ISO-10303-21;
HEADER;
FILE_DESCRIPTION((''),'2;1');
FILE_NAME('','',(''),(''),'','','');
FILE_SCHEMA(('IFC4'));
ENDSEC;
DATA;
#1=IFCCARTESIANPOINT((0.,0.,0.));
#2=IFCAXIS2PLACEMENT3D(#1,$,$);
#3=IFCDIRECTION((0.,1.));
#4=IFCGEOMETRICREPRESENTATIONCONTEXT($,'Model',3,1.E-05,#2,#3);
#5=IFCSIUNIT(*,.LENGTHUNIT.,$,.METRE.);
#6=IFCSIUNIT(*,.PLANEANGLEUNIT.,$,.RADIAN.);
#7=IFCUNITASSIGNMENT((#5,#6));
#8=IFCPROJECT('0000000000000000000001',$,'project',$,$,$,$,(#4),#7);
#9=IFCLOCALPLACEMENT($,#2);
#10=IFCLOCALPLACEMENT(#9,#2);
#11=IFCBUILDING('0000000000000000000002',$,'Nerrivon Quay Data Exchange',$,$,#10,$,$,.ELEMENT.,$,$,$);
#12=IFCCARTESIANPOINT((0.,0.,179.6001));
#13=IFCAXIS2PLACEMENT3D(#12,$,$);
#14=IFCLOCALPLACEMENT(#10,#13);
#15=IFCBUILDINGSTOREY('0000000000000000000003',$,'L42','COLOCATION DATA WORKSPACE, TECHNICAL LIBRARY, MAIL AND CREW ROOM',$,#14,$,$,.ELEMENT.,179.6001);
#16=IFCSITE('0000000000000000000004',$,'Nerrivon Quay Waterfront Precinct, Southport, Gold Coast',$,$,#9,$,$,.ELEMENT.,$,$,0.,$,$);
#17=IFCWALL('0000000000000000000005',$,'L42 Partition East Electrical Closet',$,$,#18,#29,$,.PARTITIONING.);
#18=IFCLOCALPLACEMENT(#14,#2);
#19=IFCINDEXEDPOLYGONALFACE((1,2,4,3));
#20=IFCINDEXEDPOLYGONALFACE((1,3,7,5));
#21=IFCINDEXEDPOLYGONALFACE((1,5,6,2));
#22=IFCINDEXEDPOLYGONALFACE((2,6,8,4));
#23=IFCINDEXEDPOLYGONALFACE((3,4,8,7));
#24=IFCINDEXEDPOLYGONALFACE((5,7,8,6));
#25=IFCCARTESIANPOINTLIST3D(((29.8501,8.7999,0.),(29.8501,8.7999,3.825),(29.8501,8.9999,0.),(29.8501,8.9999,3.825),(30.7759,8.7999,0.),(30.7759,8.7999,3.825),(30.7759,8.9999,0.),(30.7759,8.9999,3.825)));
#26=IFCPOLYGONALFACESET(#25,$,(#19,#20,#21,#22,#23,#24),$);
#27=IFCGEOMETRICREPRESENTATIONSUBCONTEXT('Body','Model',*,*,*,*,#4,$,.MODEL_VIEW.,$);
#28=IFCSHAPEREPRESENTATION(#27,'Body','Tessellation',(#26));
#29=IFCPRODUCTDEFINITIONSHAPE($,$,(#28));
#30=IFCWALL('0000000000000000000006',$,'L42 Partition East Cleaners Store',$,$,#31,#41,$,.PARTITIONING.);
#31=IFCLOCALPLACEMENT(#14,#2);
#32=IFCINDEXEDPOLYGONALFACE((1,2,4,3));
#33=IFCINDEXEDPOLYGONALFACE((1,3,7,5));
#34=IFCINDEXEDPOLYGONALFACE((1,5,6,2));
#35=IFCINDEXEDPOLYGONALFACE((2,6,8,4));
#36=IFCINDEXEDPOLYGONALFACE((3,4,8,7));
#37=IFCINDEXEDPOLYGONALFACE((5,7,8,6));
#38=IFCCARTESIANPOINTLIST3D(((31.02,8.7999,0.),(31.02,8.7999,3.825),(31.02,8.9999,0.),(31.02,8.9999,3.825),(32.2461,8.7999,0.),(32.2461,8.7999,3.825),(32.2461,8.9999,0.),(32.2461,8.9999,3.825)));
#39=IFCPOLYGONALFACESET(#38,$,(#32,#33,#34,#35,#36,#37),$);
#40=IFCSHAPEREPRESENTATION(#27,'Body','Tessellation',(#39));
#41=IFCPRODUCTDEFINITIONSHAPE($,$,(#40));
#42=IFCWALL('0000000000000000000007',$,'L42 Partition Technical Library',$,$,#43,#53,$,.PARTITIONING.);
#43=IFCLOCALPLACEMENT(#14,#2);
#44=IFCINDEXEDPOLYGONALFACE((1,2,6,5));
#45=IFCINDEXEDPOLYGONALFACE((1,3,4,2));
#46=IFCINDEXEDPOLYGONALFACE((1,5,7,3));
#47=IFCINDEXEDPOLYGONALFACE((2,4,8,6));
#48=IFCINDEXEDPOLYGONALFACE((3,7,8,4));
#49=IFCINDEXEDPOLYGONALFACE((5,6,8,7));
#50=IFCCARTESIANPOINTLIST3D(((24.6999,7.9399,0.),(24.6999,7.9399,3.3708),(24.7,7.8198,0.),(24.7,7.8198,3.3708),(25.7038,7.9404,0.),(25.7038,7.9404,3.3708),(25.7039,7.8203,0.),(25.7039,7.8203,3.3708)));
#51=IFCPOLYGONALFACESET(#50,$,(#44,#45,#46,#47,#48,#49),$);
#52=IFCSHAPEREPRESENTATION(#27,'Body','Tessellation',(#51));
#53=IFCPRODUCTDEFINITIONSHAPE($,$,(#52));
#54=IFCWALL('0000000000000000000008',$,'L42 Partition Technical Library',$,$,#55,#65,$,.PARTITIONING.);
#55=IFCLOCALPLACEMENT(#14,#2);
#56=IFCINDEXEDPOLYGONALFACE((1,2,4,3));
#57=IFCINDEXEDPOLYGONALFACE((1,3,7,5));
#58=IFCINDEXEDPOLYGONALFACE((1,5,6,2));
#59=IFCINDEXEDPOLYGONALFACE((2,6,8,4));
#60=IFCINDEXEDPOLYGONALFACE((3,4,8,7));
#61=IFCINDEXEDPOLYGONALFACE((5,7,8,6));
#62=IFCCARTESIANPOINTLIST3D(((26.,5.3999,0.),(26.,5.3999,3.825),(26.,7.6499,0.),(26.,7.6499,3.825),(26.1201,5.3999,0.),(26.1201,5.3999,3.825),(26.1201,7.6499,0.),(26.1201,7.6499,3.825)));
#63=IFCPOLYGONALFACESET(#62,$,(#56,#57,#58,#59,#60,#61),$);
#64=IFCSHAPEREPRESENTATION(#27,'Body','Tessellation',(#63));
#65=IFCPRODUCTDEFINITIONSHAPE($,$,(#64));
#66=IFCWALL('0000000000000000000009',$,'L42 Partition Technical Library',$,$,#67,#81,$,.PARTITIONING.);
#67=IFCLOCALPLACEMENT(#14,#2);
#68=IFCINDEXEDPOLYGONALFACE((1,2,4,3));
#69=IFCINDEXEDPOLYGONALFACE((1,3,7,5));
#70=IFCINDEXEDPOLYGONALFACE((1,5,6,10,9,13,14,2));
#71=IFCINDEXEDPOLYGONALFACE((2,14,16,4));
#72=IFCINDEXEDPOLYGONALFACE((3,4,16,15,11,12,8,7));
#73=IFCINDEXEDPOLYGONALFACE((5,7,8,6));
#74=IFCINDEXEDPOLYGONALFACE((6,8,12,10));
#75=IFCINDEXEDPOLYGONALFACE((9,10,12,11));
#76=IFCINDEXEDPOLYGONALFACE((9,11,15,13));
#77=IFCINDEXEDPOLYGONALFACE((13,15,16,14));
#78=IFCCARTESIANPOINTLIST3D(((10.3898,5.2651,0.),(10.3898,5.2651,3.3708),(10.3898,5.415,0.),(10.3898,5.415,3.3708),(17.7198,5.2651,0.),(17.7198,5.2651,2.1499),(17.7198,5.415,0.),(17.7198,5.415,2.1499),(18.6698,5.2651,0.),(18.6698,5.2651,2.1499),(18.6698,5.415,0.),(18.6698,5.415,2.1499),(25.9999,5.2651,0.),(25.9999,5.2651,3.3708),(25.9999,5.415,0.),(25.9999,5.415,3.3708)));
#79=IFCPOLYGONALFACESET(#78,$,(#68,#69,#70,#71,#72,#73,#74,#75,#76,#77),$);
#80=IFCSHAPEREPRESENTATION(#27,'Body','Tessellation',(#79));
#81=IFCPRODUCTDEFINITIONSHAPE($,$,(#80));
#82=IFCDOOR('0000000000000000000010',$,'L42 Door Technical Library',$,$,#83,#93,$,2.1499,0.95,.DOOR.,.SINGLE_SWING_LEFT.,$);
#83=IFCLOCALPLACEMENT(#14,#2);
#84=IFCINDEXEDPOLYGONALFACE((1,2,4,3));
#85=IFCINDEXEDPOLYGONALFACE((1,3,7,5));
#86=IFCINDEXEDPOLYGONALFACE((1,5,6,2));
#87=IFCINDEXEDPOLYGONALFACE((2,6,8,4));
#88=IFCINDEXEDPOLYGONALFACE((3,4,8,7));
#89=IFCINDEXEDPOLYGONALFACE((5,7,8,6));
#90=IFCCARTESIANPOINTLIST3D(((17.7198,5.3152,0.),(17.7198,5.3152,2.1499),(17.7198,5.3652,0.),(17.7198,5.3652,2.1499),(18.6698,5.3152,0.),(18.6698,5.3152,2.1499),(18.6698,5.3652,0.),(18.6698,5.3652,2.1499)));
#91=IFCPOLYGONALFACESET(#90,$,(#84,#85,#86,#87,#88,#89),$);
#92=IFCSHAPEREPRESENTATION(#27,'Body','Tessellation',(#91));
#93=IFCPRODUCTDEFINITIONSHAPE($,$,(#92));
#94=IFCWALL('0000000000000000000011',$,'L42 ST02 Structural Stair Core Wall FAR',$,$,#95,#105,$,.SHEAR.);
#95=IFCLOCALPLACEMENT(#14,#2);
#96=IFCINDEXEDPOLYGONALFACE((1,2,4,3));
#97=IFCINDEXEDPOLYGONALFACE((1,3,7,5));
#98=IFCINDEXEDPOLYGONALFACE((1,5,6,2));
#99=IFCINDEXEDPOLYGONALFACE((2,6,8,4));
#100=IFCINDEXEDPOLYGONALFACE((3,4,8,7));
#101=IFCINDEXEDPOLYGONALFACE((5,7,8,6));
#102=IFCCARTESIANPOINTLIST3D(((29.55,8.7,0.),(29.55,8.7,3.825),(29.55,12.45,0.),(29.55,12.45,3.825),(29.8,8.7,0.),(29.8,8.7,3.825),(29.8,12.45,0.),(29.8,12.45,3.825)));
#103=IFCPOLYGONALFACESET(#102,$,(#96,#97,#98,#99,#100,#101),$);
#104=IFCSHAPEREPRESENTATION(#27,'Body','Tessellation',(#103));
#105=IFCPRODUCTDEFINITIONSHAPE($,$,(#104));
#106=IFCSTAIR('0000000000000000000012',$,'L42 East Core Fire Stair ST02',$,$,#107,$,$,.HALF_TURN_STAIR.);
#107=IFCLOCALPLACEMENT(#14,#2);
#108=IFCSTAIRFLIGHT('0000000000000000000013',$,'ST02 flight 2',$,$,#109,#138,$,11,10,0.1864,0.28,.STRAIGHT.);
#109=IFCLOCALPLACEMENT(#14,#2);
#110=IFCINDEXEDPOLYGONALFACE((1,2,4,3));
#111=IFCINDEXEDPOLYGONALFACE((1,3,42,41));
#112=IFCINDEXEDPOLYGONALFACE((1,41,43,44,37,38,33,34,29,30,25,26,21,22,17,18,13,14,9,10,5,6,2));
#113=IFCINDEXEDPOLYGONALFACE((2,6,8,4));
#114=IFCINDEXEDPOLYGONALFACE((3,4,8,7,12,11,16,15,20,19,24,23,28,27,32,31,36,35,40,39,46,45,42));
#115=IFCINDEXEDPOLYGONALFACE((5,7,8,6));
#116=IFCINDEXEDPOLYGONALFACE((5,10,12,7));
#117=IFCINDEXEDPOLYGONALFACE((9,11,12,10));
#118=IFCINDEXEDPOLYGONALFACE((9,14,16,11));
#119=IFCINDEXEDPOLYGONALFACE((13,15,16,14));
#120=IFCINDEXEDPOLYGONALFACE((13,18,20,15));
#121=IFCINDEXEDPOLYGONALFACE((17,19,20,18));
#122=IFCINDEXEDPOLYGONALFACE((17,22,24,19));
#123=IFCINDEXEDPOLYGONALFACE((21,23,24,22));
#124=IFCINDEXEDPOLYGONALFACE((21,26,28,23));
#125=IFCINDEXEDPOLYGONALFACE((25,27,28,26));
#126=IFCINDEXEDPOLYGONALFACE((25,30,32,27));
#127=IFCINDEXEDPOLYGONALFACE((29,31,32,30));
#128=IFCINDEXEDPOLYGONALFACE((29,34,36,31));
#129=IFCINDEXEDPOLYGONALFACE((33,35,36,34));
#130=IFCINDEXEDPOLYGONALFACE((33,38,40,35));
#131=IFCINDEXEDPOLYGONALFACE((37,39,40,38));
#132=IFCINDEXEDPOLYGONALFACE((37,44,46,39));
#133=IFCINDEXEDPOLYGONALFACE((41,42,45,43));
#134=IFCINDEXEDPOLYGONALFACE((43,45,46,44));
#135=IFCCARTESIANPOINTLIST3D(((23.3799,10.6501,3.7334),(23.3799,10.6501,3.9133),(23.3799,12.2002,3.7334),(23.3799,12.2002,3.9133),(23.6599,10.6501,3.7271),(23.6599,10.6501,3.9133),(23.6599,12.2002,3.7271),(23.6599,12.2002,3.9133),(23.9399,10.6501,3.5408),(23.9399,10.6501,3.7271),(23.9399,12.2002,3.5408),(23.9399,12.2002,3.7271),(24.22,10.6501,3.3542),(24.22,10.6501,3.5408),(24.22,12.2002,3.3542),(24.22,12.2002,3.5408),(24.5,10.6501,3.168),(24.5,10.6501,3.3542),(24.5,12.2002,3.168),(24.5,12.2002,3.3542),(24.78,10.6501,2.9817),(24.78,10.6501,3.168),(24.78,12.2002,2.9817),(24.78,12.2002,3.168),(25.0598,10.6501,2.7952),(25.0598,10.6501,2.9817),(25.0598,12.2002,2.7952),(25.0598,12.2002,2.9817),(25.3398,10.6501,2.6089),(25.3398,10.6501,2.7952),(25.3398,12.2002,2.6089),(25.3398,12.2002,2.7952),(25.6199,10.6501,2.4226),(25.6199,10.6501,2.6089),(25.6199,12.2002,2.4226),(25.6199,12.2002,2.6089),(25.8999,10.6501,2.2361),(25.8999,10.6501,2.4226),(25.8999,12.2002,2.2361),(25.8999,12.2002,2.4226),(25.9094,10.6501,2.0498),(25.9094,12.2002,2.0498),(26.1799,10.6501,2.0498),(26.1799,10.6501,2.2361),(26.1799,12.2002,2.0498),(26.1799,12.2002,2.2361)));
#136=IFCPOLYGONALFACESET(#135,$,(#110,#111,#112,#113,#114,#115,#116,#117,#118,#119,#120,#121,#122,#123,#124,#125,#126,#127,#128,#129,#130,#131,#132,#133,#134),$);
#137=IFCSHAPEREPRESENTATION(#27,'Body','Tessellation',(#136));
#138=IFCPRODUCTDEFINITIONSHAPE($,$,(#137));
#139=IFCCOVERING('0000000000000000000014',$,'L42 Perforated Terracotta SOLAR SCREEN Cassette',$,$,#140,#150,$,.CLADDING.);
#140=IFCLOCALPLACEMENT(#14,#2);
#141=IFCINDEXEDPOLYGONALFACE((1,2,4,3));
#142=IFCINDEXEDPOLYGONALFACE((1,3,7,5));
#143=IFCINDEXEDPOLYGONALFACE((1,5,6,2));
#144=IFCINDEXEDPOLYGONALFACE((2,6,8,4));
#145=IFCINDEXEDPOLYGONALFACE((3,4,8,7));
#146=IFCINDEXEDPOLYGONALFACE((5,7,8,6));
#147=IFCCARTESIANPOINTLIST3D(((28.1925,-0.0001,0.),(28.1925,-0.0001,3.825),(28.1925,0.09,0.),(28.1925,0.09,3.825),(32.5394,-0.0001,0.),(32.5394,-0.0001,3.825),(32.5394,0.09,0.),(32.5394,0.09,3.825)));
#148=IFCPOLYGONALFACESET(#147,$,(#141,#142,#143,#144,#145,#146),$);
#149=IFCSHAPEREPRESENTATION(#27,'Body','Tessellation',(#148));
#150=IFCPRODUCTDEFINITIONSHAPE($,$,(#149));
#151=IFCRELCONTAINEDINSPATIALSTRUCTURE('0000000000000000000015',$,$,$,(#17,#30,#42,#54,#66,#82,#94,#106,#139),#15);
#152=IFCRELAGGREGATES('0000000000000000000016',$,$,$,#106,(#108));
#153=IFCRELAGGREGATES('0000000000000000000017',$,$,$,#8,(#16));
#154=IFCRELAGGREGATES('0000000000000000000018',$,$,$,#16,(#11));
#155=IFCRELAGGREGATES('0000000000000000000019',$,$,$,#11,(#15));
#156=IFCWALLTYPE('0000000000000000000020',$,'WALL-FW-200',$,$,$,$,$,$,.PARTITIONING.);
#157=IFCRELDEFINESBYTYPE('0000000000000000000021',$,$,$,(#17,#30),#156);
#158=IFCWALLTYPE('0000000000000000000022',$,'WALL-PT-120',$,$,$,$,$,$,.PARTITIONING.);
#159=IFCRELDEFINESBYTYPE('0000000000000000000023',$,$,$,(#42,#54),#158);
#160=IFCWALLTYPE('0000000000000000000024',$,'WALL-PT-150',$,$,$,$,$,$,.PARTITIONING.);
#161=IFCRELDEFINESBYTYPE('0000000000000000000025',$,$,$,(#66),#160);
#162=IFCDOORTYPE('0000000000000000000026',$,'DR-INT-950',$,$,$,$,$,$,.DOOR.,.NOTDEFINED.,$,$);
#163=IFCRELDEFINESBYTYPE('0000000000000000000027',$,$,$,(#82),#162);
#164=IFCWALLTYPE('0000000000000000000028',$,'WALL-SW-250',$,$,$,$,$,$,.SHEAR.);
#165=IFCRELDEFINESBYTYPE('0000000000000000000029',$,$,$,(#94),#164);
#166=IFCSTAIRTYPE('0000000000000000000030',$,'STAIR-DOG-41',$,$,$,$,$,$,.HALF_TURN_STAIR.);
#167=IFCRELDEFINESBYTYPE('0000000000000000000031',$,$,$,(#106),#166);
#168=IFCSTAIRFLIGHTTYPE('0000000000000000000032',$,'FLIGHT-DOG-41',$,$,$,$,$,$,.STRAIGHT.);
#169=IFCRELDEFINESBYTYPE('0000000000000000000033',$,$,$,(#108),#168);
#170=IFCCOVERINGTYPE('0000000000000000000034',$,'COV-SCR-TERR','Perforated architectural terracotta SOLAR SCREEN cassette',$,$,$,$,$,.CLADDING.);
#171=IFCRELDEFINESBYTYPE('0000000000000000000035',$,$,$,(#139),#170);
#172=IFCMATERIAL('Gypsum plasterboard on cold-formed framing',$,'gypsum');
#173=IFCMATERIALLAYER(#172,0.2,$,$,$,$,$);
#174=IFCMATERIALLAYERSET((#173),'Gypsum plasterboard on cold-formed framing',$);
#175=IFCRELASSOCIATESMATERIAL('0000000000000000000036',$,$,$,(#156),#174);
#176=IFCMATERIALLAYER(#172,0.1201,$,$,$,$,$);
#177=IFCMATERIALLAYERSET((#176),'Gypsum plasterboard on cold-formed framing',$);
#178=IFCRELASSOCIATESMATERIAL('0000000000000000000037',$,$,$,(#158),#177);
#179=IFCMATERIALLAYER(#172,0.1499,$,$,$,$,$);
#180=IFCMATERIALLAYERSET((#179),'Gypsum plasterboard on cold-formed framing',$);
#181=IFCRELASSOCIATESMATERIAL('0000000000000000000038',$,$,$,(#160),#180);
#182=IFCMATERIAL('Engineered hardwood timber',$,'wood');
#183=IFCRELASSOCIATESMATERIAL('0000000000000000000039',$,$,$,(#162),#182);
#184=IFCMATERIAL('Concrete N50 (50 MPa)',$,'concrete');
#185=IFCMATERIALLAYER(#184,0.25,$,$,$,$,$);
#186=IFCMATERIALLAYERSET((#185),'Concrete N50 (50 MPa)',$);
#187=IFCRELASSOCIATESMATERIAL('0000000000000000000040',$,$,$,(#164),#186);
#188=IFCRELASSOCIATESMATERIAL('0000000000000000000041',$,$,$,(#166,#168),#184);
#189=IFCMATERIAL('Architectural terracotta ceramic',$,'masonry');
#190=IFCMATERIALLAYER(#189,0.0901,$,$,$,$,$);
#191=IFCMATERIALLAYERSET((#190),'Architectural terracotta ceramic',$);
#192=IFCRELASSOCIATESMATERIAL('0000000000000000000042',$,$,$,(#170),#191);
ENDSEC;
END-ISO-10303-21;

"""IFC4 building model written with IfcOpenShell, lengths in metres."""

from ifc_helpers import new_model, si_unit, direction, frame, frame_2d, origin, origin_2d, place, context, subcontext, project, spatial, polyline, rectangle, outline, extrude, material, layer, layer_set, type_object, element, fill, aggregate, save


model = new_model("IFC4")

# Units and contexts
model_context = context("Model", 3, precision=1e-05, world=origin(), true_north=direction((0.0, 1.0)))
body_context = subcontext(model_context, "Body", "Model", "MODEL_VIEW")
ifc_project = project(units=[si_unit("LENGTHUNIT", "METRE"), si_unit("PLANEANGLEUNIT", "RADIAN")], contexts=[model_context])

# Site, building, storey
site_placement = place(None, origin())
site = spatial("IfcSite", under=ifc_project, at=site_placement, Name="Nerrivon Quay Waterfront Precinct, Southport, Gold Coast", CompositionType="ELEMENT", RefElevation=0.0)
building_placement = place(site_placement, origin())
building = spatial("IfcBuilding", under=site, at=building_placement, Name="Nerrivon Quay Data Exchange", CompositionType="ELEMENT")
storey_placement = place(building_placement, frame((0.0, 0.0, 179.6001)))
storey = spatial("IfcBuildingStorey", under=building, at=storey_placement, Name="L42", Description="COLOCATION DATA WORKSPACE, TECHNICAL LIBRARY, MAIL AND CREW ROOM", CompositionType="ELEMENT", Elevation=179.6001)

# Shared definitions
ifc_material_1 = material(Name="Gypsum plasterboard on cold-formed framing", Category="gypsum")
ifc_layer_1 = layer(ifc_material_1, 0.2)
ifc_layer_set_1 = layer_set([ifc_layer_1], Name="Gypsum plasterboard on cold-formed framing")
wall_type_1 = type_object("IfcWallType", Name="WALL-FW-200", PredefinedType="PARTITIONING", material=ifc_layer_set_1)

# Shared definitions
ifc_material_2 = material(Name="Engineered hardwood timber", Category="wood")

# Wall
for number, where, z_axis, x_axis, name in (
    (1, (29.8501, 8.8999, 0.0), (0.0, 0.0, 1.0), (1.0, 0.0, 0.0), "L42 Partition East Electrical Closet"),
):
    element("IfcWall", number, at=place(storey_placement, frame(where, z_axis=z_axis, x_axis=x_axis)), inside=storey, type_object=wall_type_1, Name=name, PredefinedType="PARTITIONING", context=body_context, shape_type="SweptSolid", body=[
        extrude(rectangle(XDim=0.9258, YDim=0.2, at=frame_2d((0.4629, 0.0))), origin(), (0.0, 0.0, 1.0), 3.825),
    ])

# Walls
wall_1_placement = place(storey_placement, frame((31.02, 8.8999, 0.0), z_axis=(0.0, 0.0, 1.0), x_axis=(1.0, 0.0, 0.0)))
element("IfcWall", 2, at=wall_1_placement, inside=storey, type_object=wall_type_1, Name="L42 Partition East Cleaners Store", PredefinedType="PARTITIONING", context=body_context, shape_type="SweptSolid", body=[
    extrude(rectangle(XDim=1.2261, YDim=0.2, at=frame_2d((0.613, 0.0))), origin(), (0.0, 0.0, 1.0), 3.825),
])
ifc_layer_2 = layer(ifc_material_1, 0.1201)
ifc_layer_set_2 = layer_set([ifc_layer_2], Name="Gypsum plasterboard on cold-formed framing")
wall_type_2 = type_object("IfcWallType", Name="WALL-PT-120", PredefinedType="PARTITIONING", material=ifc_layer_set_2)
wall_2_placement = place(storey_placement, frame((25.7039, 7.8804, 0.0), z_axis=(0.0, 0.0, 1.0), x_axis=(-1.0, -0.000486, 0.0)))
element("IfcWall", 3, at=wall_2_placement, inside=storey, type_object=wall_type_2, Name="L42 Partition Technical Library", PredefinedType="PARTITIONING", context=body_context, shape_type="SweptSolid", body=[
    extrude(rectangle(XDim=1.0039, YDim=0.1201, at=frame_2d((0.502, 0.0))), origin(), (0.0, 0.0, 1.0), 3.3708),
])
wall_3_placement = place(storey_placement, frame((26.0601, 7.6499, 0.0), z_axis=(0.0, 0.0, 1.0), x_axis=(0.0, -1.0, 0.0)))
element("IfcWall", 4, at=wall_3_placement, inside=storey, type_object=wall_type_2, Name="L42 Partition Technical Library", PredefinedType="PARTITIONING", context=body_context, shape_type="SweptSolid", body=[
    extrude(rectangle(XDim=2.25, YDim=0.1201, at=frame_2d((1.125, 0.0))), origin(), (0.0, 0.0, 1.0), 3.825),
])

# Wall, opening, door
ifc_layer_3 = layer(ifc_material_1, 0.1499)
ifc_layer_set_3 = layer_set([ifc_layer_3], Name="Gypsum plasterboard on cold-formed framing")
wall_type_3 = type_object("IfcWallType", Name="WALL-PT-150", PredefinedType="PARTITIONING", material=ifc_layer_set_3)
wall_4_placement = place(storey_placement, frame((26.0, 5.3401, 0.0), z_axis=(0.0, 0.0, 1.0), x_axis=(-1.0, 0.0, 0.0)))
wall_4 = element("IfcWall", 5, at=wall_4_placement, inside=storey, type_object=wall_type_3, Name="L42 Partition Technical Library", PredefinedType="PARTITIONING", context=body_context, shape_type="SweptSolid", body=[
    extrude(rectangle(XDim=15.6101, YDim=0.1499, at=frame_2d((7.8052, 0.0))), origin(), (0.0, 0.0, 1.0), 3.3708),
])
opening_1_placement = place(wall_4_placement, frame((7.3301, 0.0, 0.0)))
opening_1 = element("IfcOpeningElement", 6, at=opening_1_placement, cuts=wall_4, PredefinedType="OPENING", context=body_context, shape_type="SweptSolid", body=[
    extrude(rectangle(XDim=0.95, YDim=2.1499, at=frame_2d((0.4751, 1.075))), frame((0.0, 0.085, 0.0), z_axis=(0.0, -1.0, 0.0), x_axis=(1.0, 0.0, 0.0)), (0.0, 0.0, 1.0), 0.1699),
])
door_type_1 = type_object("IfcDoorType", Name="DR-INT-950", OperationType="NOTDEFINED", PredefinedType="DOOR", material=ifc_material_2)
door_1_placement = place(opening_1_placement, origin())
door_1 = element("IfcDoor", 7, at=door_1_placement, inside=storey, type_object=door_type_1, Name="L42 Door Technical Library", OperationType="SINGLE_SWING_LEFT", OverallHeight=2.1499, OverallWidth=0.95, PredefinedType="DOOR", context=body_context, shape_type="SweptSolid", body=[
    extrude(rectangle(XDim=0.95, YDim=2.1499, at=frame_2d((0.4751, 1.075))), frame((0.0, 0.0249, 0.0), z_axis=(0.0, -1.0, 0.0), x_axis=(1.0, 0.0, 0.0)), (0.0, 0.0, 1.0), 0.05),
])
fill(opening_1, door_1)

# Wall
ifc_material_3 = material(Name="Concrete N50 (50 MPa)", Category="concrete")
ifc_layer_4 = layer(ifc_material_3, 0.25)
ifc_layer_set_4 = layer_set([ifc_layer_4], Name="Concrete N50 (50 MPa)")
wall_type_4 = type_object("IfcWallType", Name="WALL-SW-250", PredefinedType="SHEAR", material=ifc_layer_set_4)
wall_5_placement = place(storey_placement, frame((29.675, 8.7, 0.0), z_axis=(0.0, 0.0, 1.0), x_axis=(0.0, 1.0, 0.0)))
element("IfcWall", 8, at=wall_5_placement, inside=storey, type_object=wall_type_4, Name="L42 ST02 Structural Stair Core Wall FAR", PredefinedType="SHEAR", context=body_context, shape_type="SweptSolid", body=[
    extrude(rectangle(XDim=3.75, YDim=0.25, at=frame_2d((1.875, 0.0))), origin(), (0.0, 0.0, 1.0), 3.825),
])

# Stair, stair flight
stair_type = type_object("IfcStairType", Name="STAIR-DOG-41", PredefinedType="HALF_TURN_STAIR", material=ifc_material_3)
stair_placement = place(storey_placement, origin())
stair = element("IfcStair", 9, at=stair_placement, inside=storey, type_object=stair_type, Name="L42 East Core Fire Stair ST02", PredefinedType="HALF_TURN_STAIR")
stair_flight_type = type_object("IfcStairFlightType", Name="FLIGHT-DOG-41", PredefinedType="STRAIGHT", material=ifc_material_3)
stair_flight_placement = place(storey_placement, frame((26.1799, 11.425, 2.0498), z_axis=(0.0, 0.0, 1.0), x_axis=(-1.0, 0.0, 0.0)))
stair_flight = element("IfcStairFlight", 10, at=stair_flight_placement, type_object=stair_flight_type, Name="ST02 flight 2", NumberOfRisers=11, NumberOfTreads=10, PredefinedType="STRAIGHT", RiserHeight=0.1864, TreadLength=0.28, context=body_context, shape_type="SweptSolid", body=[
    extrude(outline(polyline([(0.0, 0.0), (0.0, 0.1863), (0.28, 0.1863), (0.28, 0.3728), (0.5601, 0.3728), (0.5601, 0.5591), (0.8401, 0.5591), (0.8401, 0.7454), (1.1201, 0.7454), (1.1201, 0.9319), (1.3999, 0.9319), (1.3999, 1.1182), (1.6799, 1.1182), (1.6799, 1.3044), (1.96, 1.3044), (1.96, 1.491), (2.24, 1.491), (2.24, 1.6772), (2.52, 1.6772), (2.52, 1.8635), (2.8, 1.8635), (2.8, 2.05), (2.8, 1.6836), (0.2705, 0.0), (0.0, 0.0)])), frame((0.0, 0.7749, 0.0), z_axis=(0.0, -1.0, 0.0), x_axis=(1.0, 0.0, 0.0)), (0.0, 0.0, 1.0), 1.55),
])
aggregate(stair, [stair_flight])

# Covering
ifc_material_4 = material(Name="Architectural terracotta ceramic", Category="masonry")
ifc_layer_5 = layer(ifc_material_4, 0.0901)
ifc_layer_set_5 = layer_set([ifc_layer_5], Name="Architectural terracotta ceramic")
covering_type = type_object("IfcCoveringType", Name="COV-SCR-TERR", Description="Perforated architectural terracotta SOLAR SCREEN cassette", PredefinedType="CLADDING", material=ifc_layer_set_5)
covering_placement = place(storey_placement, frame((30.366, 0.0449, 0.0), z_axis=(0.0, 0.0, 1.0), x_axis=(-1.0, 0.0, 0.0)))
element("IfcCovering", 11, at=covering_placement, inside=storey, type_object=covering_type, Name="L42 Perforated Terracotta SOLAR SCREEN Cassette", PredefinedType="CLADDING", context=body_context, shape_type="SweptSolid", body=[
    extrude(rectangle(XDim=4.3469, YDim=0.0901, at=origin_2d()), origin(), (0.0, 0.0, 1.0), 3.825),
])

save(model, "model.ifc")
